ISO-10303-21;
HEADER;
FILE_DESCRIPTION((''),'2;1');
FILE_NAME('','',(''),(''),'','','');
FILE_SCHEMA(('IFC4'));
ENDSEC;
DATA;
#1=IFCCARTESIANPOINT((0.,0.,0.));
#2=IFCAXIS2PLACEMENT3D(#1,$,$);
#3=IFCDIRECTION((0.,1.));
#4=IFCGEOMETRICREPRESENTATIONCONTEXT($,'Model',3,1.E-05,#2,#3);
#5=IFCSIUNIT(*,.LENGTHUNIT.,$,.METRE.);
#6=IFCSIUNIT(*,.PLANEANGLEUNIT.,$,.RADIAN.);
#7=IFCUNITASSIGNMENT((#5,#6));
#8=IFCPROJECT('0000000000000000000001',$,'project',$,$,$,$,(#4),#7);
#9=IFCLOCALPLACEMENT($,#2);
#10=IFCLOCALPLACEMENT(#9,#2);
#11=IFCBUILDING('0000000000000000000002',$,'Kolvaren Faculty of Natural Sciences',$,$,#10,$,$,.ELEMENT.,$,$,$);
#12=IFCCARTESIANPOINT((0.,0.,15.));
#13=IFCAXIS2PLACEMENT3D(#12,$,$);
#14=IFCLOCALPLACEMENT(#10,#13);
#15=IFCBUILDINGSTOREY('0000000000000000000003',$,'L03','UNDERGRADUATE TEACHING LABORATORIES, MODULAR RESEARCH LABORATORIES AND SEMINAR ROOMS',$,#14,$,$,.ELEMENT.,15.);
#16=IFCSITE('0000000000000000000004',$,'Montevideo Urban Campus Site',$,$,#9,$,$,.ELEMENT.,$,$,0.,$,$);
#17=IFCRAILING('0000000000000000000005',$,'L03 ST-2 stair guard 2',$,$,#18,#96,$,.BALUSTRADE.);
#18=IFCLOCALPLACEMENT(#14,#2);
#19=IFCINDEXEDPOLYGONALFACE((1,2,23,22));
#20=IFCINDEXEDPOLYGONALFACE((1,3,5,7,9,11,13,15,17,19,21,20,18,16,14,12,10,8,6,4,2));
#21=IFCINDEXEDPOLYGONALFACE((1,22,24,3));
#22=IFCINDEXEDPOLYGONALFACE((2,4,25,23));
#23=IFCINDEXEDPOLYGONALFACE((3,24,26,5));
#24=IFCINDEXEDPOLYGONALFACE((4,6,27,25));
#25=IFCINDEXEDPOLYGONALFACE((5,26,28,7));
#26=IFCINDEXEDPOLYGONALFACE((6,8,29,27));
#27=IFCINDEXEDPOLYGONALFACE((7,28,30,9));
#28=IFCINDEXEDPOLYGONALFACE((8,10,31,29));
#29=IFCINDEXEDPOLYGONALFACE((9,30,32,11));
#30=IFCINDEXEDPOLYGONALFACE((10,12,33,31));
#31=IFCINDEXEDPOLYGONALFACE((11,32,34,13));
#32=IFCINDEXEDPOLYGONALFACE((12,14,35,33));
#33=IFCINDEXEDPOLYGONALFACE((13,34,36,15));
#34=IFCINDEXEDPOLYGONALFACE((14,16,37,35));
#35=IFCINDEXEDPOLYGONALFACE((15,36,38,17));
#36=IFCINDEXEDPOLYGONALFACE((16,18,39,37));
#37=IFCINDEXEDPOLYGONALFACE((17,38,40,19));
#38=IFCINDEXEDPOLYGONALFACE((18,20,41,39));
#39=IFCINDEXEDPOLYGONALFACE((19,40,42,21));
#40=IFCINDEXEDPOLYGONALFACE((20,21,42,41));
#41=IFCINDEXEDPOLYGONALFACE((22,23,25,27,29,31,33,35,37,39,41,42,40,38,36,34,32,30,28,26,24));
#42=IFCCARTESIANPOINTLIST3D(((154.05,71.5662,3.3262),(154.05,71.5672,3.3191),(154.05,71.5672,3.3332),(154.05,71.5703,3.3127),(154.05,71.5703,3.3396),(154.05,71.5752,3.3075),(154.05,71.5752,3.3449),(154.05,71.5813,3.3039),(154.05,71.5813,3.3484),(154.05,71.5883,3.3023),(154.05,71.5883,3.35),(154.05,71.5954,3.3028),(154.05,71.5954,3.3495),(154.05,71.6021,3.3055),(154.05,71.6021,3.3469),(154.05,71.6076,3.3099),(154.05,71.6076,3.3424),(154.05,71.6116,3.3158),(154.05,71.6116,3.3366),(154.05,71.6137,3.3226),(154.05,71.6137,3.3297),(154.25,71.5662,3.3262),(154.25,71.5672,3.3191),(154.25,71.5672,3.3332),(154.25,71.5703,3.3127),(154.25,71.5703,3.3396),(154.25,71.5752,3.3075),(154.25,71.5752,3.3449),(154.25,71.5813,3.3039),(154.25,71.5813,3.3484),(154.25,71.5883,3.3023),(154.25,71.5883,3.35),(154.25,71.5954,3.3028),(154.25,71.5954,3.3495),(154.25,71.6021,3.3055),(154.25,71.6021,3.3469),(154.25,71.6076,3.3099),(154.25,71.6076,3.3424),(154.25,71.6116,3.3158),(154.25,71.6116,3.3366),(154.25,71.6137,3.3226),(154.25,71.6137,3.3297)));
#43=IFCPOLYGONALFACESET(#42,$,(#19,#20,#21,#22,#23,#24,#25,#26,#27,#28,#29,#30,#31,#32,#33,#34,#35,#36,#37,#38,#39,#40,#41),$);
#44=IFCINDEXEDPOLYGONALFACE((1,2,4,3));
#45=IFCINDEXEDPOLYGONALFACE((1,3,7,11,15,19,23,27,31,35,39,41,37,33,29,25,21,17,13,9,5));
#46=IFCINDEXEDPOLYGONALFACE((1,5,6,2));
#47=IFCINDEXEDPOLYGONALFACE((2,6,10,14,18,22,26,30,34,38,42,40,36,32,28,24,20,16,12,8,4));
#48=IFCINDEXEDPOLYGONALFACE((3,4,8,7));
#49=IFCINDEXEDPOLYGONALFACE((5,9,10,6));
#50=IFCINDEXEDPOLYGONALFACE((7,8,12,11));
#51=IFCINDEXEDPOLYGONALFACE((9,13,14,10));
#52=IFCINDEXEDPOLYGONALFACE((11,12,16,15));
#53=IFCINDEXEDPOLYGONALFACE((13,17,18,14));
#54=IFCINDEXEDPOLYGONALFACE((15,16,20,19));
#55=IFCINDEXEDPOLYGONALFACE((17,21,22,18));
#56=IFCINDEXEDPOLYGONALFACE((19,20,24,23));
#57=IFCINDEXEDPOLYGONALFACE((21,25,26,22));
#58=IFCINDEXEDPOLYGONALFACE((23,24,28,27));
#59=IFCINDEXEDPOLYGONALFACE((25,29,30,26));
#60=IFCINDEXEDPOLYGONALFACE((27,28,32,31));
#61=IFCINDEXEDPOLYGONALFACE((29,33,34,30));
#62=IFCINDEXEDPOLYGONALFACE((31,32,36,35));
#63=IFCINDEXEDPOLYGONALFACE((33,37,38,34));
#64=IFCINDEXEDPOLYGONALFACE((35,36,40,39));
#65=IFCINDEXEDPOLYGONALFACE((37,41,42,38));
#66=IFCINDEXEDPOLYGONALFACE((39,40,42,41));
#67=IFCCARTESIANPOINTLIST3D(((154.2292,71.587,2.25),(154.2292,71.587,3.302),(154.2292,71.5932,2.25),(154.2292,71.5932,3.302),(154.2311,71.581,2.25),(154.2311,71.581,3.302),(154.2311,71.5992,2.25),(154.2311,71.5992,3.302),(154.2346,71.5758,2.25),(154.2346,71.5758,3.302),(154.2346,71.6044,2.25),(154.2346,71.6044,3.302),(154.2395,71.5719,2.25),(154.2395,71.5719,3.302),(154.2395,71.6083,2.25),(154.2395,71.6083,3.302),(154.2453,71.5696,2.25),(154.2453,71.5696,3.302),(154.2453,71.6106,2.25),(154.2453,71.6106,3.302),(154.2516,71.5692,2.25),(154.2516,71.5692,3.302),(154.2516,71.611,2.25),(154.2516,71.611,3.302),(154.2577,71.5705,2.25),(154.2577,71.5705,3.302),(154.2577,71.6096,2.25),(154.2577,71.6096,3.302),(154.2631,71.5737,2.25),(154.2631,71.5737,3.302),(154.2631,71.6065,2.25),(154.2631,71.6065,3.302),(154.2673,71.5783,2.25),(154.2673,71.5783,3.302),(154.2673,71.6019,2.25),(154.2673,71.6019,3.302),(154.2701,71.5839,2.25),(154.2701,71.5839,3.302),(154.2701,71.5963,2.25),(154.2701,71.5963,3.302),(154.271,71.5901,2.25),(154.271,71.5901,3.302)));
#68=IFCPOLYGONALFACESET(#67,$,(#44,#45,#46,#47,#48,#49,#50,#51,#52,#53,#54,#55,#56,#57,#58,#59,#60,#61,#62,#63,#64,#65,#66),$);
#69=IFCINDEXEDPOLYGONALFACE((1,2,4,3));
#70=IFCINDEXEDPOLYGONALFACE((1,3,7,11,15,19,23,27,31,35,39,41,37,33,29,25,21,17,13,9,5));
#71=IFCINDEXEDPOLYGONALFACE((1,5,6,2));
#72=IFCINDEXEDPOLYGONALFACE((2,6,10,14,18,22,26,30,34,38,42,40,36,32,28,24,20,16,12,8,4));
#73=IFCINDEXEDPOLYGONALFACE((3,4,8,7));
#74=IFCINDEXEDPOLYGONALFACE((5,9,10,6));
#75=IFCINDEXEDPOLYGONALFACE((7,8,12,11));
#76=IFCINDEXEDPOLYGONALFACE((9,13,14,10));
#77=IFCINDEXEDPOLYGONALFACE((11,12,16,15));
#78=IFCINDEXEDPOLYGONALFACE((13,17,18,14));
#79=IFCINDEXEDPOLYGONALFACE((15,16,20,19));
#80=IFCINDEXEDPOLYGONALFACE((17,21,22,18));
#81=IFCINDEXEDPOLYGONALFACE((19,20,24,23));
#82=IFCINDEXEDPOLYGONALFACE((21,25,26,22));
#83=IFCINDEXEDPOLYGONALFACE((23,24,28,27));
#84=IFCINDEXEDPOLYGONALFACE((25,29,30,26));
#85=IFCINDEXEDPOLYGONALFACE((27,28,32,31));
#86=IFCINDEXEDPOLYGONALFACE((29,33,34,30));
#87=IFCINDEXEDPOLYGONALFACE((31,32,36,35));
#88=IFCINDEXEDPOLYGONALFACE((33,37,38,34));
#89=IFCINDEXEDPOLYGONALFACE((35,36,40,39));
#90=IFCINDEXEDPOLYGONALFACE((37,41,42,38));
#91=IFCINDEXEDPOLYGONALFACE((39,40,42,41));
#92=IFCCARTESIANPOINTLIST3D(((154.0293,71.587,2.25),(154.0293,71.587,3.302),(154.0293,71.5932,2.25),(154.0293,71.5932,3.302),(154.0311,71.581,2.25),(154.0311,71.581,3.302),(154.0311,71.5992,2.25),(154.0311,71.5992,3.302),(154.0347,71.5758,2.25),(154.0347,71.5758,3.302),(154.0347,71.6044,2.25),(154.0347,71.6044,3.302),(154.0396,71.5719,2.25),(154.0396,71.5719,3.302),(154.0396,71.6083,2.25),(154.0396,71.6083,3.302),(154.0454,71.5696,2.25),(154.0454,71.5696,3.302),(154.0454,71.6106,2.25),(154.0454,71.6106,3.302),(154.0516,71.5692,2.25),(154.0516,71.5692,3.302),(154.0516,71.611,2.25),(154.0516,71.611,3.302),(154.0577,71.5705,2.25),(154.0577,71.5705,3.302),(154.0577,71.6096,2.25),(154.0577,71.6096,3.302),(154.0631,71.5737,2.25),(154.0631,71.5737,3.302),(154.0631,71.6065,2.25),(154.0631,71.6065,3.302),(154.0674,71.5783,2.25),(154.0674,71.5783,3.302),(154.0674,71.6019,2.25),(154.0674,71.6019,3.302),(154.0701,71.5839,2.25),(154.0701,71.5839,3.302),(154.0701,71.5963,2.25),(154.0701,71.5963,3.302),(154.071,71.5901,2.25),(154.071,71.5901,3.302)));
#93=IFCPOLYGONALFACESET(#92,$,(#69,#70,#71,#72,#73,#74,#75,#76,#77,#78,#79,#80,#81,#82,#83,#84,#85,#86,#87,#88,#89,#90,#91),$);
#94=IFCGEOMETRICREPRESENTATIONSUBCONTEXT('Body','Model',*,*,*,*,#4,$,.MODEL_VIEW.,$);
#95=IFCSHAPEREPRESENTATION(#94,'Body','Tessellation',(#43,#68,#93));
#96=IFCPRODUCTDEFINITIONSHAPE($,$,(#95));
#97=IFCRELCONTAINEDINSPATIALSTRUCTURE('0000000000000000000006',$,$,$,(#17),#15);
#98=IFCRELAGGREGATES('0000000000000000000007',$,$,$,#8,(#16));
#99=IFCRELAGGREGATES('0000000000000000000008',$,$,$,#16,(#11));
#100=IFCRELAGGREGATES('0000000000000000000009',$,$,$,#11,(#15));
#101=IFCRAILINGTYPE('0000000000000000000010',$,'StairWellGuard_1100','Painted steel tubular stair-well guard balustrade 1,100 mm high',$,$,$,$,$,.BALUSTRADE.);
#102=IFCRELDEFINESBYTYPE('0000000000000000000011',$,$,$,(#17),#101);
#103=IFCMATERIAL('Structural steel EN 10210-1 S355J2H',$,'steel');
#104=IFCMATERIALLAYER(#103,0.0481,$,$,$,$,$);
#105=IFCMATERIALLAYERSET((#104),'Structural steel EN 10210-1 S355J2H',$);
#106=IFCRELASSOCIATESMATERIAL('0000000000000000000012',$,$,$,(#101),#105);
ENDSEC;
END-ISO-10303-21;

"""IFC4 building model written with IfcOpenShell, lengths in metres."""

from ifc_helpers import new_model, si_unit, direction, frame, origin, origin_2d, place, context, subcontext, project, spatial, circle, extrude, material, layer, layer_set, type_object, element, save


model = new_model("IFC4")

# Units and contexts
model_context = context("Model", 3, precision=1e-05, world=origin(), true_north=direction((0.0, 1.0)))
body_context = subcontext(model_context, "Body", "Model", "MODEL_VIEW")
ifc_project = project(units=[si_unit("LENGTHUNIT", "METRE"), si_unit("PLANEANGLEUNIT", "RADIAN")], contexts=[model_context])

# Site, building, storey
site_placement = place(None, origin())
site = spatial("IfcSite", under=ifc_project, at=site_placement, Name="Montevideo Urban Campus Site", CompositionType="ELEMENT", RefElevation=0.0)
building_placement = place(site_placement, origin())
building = spatial("IfcBuilding", under=site, at=building_placement, Name="Kolvaren Faculty of Natural Sciences", CompositionType="ELEMENT")
storey_placement = place(building_placement, frame((0.0, 0.0, 15.0)))
storey = spatial("IfcBuildingStorey", under=building, at=storey_placement, Name="L03", Description="UNDERGRADUATE TEACHING LABORATORIES, MODULAR RESEARCH LABORATORIES AND SEMINAR ROOMS", CompositionType="ELEMENT", Elevation=15.0)

# Railing
ifc_material_1 = material(Name="Structural steel EN 10210-1 S355J2H", Category="steel")
ifc_layer_1 = layer(ifc_material_1, 0.0481)
ifc_layer_set_1 = layer_set([ifc_layer_1], Name="Structural steel EN 10210-1 S355J2H")
railing_type_1 = type_object("IfcRailingType", Name="StairWellGuard_1100", Description="Painted steel tubular stair-well guard balustrade 1,100 mm high", PredefinedType="BALUSTRADE", material=ifc_layer_set_1)
railing_1_placement = place(storey_placement, frame((154.25, 71.5901, 2.25)))
element("IfcRailing", 1, at=railing_1_placement, inside=storey, type_object=railing_type_1, Name="L03 ST-2 stair guard 2", PredefinedType="BALUSTRADE", context=body_context, shape_type="SweptSolid", body=[
    extrude(circle(Radius=0.0239, at=origin_2d()), frame((0.0, 0.0, 1.0762), z_axis=(-1.0, 0.0, 0.0), x_axis=(0.0, -1.0, 0.0)), (0.0, 0.0, 1.0), 0.2),
    extrude(circle(Radius=0.021, at=origin_2d()), origin(), (0.0, 0.0, 1.0), 1.052),
    extrude(circle(Radius=0.021, at=origin_2d()), frame((-0.2, 0.0, 0.0)), (0.0, 0.0, 1.0), 1.052),
])

save(model, "model.ifc")
